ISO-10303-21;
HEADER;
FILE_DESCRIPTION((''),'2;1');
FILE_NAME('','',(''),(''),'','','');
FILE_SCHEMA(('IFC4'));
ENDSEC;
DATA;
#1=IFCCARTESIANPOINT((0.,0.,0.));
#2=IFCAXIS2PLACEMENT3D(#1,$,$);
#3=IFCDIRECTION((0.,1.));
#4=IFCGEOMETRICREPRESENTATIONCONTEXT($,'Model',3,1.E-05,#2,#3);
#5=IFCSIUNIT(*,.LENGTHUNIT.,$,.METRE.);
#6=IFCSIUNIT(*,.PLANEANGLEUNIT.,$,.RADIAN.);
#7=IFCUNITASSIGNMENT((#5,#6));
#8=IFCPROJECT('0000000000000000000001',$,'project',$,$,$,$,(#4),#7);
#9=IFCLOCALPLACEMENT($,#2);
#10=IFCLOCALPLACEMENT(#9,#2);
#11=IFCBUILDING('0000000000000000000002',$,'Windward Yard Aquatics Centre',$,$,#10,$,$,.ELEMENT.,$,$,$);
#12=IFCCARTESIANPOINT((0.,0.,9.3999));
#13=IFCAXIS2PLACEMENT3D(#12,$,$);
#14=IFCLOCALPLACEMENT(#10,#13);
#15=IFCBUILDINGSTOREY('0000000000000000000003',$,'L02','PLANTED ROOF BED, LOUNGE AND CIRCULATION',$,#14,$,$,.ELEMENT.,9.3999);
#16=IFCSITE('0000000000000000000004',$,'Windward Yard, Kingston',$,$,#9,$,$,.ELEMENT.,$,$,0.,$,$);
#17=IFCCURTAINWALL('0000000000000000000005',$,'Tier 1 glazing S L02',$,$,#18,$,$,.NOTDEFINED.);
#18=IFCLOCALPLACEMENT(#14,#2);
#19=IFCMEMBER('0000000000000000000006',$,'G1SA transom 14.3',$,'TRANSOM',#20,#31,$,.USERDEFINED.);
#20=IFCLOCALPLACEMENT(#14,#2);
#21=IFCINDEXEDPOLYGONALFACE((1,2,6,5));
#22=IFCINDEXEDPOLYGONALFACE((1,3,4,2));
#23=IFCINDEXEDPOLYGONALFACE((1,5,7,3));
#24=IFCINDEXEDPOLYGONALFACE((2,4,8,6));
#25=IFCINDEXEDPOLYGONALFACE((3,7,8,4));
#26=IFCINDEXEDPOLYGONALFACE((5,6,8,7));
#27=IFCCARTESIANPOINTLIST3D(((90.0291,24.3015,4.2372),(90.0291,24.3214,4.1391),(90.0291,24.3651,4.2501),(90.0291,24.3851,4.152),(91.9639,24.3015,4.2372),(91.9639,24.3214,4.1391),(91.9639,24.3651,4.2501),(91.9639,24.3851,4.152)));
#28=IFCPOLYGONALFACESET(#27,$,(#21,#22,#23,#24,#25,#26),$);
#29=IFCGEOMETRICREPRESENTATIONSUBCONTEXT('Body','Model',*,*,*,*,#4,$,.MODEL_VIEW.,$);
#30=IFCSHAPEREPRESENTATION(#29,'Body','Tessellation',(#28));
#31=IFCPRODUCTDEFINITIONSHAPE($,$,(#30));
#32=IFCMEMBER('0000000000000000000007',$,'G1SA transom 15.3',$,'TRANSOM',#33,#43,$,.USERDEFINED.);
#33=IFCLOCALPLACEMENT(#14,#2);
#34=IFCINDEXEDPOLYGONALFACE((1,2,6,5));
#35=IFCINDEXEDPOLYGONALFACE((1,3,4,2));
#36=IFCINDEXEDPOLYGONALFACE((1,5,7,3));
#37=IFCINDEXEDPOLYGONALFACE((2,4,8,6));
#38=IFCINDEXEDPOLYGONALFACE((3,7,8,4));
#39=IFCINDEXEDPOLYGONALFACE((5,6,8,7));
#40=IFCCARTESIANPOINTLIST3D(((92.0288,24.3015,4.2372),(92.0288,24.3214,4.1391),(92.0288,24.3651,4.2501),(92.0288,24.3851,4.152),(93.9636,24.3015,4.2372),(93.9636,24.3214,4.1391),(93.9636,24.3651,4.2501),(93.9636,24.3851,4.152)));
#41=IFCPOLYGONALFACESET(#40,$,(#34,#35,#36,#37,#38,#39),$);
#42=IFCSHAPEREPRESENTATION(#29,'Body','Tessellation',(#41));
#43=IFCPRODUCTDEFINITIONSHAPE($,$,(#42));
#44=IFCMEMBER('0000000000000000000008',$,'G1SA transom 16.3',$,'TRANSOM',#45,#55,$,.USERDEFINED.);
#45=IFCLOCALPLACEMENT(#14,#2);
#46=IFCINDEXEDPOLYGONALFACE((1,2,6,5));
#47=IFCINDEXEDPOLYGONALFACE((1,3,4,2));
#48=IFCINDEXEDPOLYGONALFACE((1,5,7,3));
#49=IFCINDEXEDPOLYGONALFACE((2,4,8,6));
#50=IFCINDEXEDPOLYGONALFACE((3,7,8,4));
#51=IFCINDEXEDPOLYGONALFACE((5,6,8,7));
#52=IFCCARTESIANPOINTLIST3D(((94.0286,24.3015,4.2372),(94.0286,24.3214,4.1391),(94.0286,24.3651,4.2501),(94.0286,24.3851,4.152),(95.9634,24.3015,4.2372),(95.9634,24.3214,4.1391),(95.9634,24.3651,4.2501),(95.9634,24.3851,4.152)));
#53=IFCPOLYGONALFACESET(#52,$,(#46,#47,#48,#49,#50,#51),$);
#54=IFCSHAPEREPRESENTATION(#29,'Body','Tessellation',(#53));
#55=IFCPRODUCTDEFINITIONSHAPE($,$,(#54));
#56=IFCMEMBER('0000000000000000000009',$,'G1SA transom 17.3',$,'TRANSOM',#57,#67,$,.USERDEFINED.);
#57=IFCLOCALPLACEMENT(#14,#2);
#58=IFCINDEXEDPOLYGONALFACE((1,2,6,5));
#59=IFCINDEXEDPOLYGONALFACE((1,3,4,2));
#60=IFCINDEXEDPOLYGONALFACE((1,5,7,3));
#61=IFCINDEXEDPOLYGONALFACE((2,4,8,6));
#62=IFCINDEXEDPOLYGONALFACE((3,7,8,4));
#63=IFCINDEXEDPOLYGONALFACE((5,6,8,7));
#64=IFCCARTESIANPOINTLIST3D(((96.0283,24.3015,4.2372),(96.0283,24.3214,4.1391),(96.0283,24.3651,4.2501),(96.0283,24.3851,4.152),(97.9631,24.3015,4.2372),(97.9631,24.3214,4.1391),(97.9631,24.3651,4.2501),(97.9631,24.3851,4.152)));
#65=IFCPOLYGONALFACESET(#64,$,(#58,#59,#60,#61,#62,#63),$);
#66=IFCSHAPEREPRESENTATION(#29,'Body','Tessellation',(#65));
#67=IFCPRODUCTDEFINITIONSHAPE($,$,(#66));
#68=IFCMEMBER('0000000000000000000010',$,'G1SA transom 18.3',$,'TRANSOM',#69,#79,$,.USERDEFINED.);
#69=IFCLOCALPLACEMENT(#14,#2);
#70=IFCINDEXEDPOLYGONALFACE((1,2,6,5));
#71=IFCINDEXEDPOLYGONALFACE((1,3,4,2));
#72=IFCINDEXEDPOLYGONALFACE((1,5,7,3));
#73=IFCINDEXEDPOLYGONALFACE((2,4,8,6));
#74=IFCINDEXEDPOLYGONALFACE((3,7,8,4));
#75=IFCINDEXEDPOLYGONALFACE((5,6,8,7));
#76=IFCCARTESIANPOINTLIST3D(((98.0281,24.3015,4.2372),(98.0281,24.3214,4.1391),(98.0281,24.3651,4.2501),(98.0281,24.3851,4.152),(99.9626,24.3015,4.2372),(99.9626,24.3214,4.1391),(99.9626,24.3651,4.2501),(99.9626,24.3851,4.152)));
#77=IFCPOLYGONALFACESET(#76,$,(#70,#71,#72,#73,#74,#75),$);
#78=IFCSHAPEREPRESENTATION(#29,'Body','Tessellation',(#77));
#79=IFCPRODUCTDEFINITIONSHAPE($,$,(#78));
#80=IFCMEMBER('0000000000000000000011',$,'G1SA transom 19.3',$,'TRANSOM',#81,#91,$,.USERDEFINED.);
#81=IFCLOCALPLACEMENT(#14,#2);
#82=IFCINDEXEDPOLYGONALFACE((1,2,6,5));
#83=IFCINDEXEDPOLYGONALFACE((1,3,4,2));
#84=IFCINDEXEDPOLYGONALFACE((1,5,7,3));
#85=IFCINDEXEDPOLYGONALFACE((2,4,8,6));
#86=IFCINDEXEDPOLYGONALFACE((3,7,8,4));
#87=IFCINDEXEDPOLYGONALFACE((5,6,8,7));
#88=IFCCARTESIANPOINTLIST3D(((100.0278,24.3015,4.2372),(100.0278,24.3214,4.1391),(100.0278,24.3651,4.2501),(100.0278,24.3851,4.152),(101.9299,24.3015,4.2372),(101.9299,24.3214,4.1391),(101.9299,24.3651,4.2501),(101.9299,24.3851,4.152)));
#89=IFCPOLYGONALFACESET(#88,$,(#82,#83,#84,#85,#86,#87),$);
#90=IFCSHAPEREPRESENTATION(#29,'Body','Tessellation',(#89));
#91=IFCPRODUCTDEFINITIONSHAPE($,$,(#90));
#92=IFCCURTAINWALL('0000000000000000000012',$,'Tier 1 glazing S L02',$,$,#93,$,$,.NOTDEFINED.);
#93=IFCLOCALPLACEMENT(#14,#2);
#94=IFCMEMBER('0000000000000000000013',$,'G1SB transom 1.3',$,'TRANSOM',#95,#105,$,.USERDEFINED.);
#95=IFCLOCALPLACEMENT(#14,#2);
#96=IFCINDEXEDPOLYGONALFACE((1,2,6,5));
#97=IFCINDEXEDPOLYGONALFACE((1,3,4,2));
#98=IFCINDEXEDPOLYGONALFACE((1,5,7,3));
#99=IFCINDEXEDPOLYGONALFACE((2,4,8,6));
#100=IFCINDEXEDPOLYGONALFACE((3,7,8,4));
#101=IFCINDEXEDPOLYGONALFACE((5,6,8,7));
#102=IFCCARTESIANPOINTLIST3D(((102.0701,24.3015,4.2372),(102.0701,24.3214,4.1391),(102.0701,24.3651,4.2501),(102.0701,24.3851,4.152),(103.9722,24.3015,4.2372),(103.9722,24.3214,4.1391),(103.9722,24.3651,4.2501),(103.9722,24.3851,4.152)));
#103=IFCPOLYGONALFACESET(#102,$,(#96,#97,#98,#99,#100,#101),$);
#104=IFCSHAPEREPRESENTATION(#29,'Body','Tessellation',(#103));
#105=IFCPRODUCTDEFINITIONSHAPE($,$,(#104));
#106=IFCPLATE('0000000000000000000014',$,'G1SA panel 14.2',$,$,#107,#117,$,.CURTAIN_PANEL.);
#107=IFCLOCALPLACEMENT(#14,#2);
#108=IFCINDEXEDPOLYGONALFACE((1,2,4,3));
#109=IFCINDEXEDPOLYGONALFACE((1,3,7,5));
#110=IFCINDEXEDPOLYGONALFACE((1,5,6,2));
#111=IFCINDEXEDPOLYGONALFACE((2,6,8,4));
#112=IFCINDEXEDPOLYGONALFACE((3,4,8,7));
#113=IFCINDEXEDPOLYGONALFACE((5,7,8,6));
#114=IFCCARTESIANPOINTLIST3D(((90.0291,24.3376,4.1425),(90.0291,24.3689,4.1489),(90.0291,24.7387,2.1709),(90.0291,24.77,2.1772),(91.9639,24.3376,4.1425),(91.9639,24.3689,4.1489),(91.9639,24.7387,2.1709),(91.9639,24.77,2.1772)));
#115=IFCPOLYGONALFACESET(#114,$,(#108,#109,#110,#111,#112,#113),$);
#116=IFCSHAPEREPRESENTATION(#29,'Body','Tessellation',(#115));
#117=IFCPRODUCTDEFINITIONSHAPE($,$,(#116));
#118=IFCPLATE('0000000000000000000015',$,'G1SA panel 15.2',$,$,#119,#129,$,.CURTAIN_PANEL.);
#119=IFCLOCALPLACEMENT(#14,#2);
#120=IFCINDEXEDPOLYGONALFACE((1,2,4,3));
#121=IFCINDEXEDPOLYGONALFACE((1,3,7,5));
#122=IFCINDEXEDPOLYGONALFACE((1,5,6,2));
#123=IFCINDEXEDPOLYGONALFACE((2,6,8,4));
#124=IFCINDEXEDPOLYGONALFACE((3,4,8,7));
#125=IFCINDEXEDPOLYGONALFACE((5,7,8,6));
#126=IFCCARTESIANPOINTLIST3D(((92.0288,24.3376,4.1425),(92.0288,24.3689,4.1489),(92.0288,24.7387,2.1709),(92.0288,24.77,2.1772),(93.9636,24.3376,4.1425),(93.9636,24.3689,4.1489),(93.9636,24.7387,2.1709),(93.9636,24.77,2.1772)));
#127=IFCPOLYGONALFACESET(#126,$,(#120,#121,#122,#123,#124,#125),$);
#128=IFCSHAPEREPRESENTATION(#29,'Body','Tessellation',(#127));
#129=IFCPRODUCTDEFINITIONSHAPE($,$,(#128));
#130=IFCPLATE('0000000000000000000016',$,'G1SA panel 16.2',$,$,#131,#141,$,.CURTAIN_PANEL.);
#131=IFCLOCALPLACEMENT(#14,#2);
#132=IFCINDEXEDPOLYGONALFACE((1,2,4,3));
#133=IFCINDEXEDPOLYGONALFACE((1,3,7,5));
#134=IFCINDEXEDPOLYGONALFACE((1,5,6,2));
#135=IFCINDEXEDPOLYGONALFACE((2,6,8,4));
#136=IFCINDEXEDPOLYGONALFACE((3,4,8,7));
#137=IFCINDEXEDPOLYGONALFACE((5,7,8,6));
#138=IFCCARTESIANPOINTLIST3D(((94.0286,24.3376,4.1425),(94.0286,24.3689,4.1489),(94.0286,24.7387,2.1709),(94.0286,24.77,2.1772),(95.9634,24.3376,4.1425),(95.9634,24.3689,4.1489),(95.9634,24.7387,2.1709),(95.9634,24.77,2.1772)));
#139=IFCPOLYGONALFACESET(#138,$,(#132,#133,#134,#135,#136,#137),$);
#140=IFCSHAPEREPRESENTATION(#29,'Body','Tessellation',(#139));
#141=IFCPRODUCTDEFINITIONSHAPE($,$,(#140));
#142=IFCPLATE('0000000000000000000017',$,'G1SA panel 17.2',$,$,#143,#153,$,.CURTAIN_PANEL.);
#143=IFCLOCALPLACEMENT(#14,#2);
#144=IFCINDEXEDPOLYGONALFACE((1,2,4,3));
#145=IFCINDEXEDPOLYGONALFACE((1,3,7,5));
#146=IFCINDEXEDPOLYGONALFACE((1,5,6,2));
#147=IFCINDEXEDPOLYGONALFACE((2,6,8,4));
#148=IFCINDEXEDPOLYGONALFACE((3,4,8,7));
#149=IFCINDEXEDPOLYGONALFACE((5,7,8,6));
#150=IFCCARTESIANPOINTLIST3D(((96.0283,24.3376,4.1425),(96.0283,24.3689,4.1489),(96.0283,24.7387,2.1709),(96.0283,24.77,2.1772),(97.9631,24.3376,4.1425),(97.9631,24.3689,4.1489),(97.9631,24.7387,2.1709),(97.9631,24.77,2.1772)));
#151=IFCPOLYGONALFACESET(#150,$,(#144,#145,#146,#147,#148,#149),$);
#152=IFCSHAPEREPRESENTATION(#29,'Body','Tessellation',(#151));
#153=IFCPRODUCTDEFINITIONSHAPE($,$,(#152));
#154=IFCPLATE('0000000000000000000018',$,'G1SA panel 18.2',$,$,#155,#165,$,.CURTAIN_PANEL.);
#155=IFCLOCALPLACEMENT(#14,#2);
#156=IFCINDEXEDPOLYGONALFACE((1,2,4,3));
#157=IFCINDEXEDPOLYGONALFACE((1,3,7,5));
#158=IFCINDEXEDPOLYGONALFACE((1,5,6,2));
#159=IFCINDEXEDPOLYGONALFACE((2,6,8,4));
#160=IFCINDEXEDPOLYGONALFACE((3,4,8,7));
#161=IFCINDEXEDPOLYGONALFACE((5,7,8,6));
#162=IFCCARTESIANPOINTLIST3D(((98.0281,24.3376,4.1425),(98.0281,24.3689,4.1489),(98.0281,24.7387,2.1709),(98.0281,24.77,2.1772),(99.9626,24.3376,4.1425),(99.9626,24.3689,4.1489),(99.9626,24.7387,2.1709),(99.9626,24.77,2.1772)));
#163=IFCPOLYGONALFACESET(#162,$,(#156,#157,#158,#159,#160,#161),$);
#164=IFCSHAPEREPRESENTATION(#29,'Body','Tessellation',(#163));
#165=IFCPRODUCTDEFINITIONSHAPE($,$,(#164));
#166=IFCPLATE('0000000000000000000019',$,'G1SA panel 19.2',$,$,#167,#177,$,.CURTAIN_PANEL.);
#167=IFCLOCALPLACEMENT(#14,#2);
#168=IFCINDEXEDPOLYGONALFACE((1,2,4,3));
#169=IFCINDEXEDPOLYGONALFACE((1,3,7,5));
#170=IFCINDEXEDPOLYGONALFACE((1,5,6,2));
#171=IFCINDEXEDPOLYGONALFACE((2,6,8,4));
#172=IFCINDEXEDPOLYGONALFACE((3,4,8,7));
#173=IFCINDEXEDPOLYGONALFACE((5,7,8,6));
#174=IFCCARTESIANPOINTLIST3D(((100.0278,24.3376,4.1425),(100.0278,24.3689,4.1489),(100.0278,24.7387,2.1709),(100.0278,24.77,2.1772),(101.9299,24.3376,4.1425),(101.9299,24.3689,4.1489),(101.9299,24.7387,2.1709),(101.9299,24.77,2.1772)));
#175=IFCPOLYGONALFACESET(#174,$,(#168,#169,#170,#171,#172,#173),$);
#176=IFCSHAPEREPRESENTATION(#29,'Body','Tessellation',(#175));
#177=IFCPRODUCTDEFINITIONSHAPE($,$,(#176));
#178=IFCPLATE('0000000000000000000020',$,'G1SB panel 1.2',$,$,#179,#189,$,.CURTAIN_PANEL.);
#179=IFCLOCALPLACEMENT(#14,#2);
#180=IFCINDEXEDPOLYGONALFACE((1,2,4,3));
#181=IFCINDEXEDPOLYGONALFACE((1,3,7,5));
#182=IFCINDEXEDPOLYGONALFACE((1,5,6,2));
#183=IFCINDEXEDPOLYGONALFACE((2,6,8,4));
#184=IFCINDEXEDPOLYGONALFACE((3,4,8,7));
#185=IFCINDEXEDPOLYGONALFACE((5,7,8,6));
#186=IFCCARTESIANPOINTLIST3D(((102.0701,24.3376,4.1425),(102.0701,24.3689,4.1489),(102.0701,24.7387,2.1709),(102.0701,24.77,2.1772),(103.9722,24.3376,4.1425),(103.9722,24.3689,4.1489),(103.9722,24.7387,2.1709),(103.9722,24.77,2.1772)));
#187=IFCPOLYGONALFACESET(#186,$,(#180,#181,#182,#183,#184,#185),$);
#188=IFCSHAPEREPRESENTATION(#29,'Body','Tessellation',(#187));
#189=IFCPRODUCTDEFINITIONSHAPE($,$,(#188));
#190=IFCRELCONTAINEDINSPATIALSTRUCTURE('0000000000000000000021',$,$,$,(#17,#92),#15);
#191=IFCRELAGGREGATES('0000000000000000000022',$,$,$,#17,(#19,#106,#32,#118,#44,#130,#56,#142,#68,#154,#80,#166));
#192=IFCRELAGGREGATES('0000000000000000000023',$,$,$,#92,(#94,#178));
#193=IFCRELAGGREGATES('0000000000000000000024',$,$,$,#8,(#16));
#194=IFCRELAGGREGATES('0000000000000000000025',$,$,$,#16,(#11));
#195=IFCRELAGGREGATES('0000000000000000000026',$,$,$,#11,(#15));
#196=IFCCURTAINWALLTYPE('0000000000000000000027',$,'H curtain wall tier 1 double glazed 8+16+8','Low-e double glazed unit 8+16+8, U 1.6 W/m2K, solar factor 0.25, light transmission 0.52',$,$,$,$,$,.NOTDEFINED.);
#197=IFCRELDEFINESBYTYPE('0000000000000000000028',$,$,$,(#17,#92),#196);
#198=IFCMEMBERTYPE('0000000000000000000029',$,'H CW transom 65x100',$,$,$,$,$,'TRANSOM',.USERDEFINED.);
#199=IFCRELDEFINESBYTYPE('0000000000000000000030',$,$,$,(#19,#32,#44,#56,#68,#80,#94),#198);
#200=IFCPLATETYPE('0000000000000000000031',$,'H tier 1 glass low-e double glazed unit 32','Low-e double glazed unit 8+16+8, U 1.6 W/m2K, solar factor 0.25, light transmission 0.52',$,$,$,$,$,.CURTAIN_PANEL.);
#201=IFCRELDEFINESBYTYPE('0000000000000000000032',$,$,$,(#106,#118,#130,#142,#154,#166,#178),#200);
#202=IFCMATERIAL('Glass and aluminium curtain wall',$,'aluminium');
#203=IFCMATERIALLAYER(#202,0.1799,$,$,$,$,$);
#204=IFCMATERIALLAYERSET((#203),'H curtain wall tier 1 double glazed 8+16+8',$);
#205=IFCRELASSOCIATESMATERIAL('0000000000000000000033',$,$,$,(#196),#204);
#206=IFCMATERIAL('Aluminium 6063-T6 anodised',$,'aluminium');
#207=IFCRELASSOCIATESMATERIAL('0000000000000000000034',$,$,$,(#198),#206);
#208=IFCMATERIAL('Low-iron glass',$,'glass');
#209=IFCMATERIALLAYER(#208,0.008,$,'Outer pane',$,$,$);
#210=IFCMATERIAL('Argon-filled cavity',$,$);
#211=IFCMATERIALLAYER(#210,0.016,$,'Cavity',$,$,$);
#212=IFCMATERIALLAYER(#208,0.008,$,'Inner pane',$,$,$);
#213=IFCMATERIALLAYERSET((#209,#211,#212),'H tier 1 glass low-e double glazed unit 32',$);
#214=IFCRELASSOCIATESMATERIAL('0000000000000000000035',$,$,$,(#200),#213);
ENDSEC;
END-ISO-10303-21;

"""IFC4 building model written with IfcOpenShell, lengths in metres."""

from ifc_helpers import new_model, si_unit, direction, frame, origin, origin_2d, place, context, subcontext, project, spatial, polyline, rectangle, outline, extrude, material, layer, layer_set, material_profile, profile_set, type_object, element, aggregate, save


model = new_model("IFC4")

# Units and contexts
model_context = context("Model", 3, precision=1e-05, world=origin(), true_north=direction((0.0, 1.0)))
body_context = subcontext(model_context, "Body", "Model", "MODEL_VIEW")
ifc_project = project(units=[si_unit("LENGTHUNIT", "METRE"), si_unit("PLANEANGLEUNIT", "RADIAN")], contexts=[model_context])

# Site, building, storey
site_placement = place(None, origin())
site = spatial("IfcSite", under=ifc_project, at=site_placement, Name="Windward Yard, Kingston", CompositionType="ELEMENT", RefElevation=0.0)
building_placement = place(site_placement, origin())
building = spatial("IfcBuilding", under=site, at=building_placement, Name="Windward Yard Aquatics Centre", CompositionType="ELEMENT")
storey_placement = place(building_placement, frame((0.0, 0.0, 9.3999)))
storey = spatial("IfcBuildingStorey", under=building, at=storey_placement, Name="L02", Description="PLANTED ROOF BED, LOUNGE AND CIRCULATION", CompositionType="ELEMENT", Elevation=9.3999)

# Curtain wall, members
ifc_material_1 = material(Name="Glass and aluminium curtain wall", Category="aluminium")
ifc_layer_1 = layer(ifc_material_1, 0.1799)
ifc_layer_set_1 = layer_set([ifc_layer_1], Name="H curtain wall tier 1 double glazed 8+16+8")
curtain_wall_type = type_object("IfcCurtainWallType", Name="H curtain wall tier 1 double glazed 8+16+8", Description="Low-e double glazed unit 8+16+8, U 1.6 W/m2K, solar factor 0.25, light transmission 0.52", PredefinedType="NOTDEFINED", material=ifc_layer_set_1)
curtain_wall_1_placement = place(storey_placement, origin())
curtain_wall_1 = element("IfcCurtainWall", 1, at=curtain_wall_1_placement, inside=storey, type_object=curtain_wall_type, Name="Tier 1 glazing S L02", PredefinedType="NOTDEFINED")
ifc_material_2 = material(Name="Aluminium 6063-T6 anodised", Category="aluminium")
ifc_material_profile = material_profile(ifc_material_2, rectangle(XDim=0.0649, YDim=0.1001, at=origin_2d()), Name="H CW transom 65x100")
ifc_profile_set = profile_set([ifc_material_profile], Name="Aluminium 6063-T6 anodised")
member_type = type_object("IfcMemberType", Name="H CW transom 65x100", ElementType="TRANSOM", PredefinedType="USERDEFINED", material=ifc_profile_set)
member_1_placement = place(storey_placement, frame((90.0291, 24.3433, 4.1946), z_axis=(1.0, 0.0, 0.0), x_axis=(0.0, 0.979925, 0.199368)))
member_1 = element("IfcMember", 2, at=member_1_placement, type_object=member_type, Name="G1SA transom 14.3", ObjectType="TRANSOM", PredefinedType="USERDEFINED", context=body_context, shape_type="SweptSolid", body=[
    extrude(rectangle(XDim=0.0649, YDim=0.1001, at=origin_2d()), origin(), (0.0, 0.0, 1.0), 1.9348),
])
member_2_placement = place(storey_placement, frame((92.0288, 24.3433, 4.1946), z_axis=(1.0, 0.0, 0.0), x_axis=(0.0, 0.979925, 0.199368)))
member_2 = element("IfcMember", 3, at=member_2_placement, type_object=member_type, Name="G1SA transom 15.3", ObjectType="TRANSOM", PredefinedType="USERDEFINED", context=body_context, shape_type="SweptSolid", body=[
    extrude(rectangle(XDim=0.0649, YDim=0.1001, at=origin_2d()), origin(), (0.0, 0.0, 1.0), 1.9348),
])
member_3_placement = place(storey_placement, frame((94.0286, 24.3433, 4.1946), z_axis=(1.0, 0.0, 0.0), x_axis=(0.0, 0.979925, 0.199368)))
member_3 = element("IfcMember", 4, at=member_3_placement, type_object=member_type, Name="G1SA transom 16.3", ObjectType="TRANSOM", PredefinedType="USERDEFINED", context=body_context, shape_type="SweptSolid", body=[
    extrude(rectangle(XDim=0.0649, YDim=0.1001, at=origin_2d()), origin(), (0.0, 0.0, 1.0), 1.9348),
])
member_4_placement = place(storey_placement, frame((96.0283, 24.3433, 4.1946), z_axis=(1.0, 0.0, 0.0), x_axis=(0.0, 0.979925, 0.199368)))
member_4 = element("IfcMember", 5, at=member_4_placement, type_object=member_type, Name="G1SA transom 17.3", ObjectType="TRANSOM", PredefinedType="USERDEFINED", context=body_context, shape_type="SweptSolid", body=[
    extrude(rectangle(XDim=0.0649, YDim=0.1001, at=origin_2d()), origin(), (0.0, 0.0, 1.0), 1.9348),
])
member_5_placement = place(storey_placement, frame((98.0281, 24.3433, 4.1946), z_axis=(1.0, 0.0, 0.0), x_axis=(0.0, 0.979925, 0.199368)))
member_5 = element("IfcMember", 6, at=member_5_placement, type_object=member_type, Name="G1SA transom 18.3", ObjectType="TRANSOM", PredefinedType="USERDEFINED", context=body_context, shape_type="SweptSolid", body=[
    extrude(rectangle(XDim=0.0649, YDim=0.1001, at=origin_2d()), origin(), (0.0, 0.0, 1.0), 1.9346),
])
member_6_placement = place(storey_placement, frame((100.0278, 24.3433, 4.1946), z_axis=(1.0, 0.0, 0.0), x_axis=(0.0, 0.979925, 0.199368)))
member_6 = element("IfcMember", 7, at=member_6_placement, type_object=member_type, Name="G1SA transom 19.3", ObjectType="TRANSOM", PredefinedType="USERDEFINED", context=body_context, shape_type="SweptSolid", body=[
    extrude(rectangle(XDim=0.0649, YDim=0.1001, at=origin_2d()), origin(), (0.0, 0.0, 1.0), 1.9021),
])

# Curtain wall, member
curtain_wall_2_placement = place(storey_placement, origin())
curtain_wall_2 = element("IfcCurtainWall", 8, at=curtain_wall_2_placement, inside=storey, type_object=curtain_wall_type, Name="Tier 1 glazing S L02", PredefinedType="NOTDEFINED")
member_7_placement = place(storey_placement, frame((102.0701, 24.3433, 4.1946), z_axis=(1.0, 0.0, 0.0), x_axis=(0.0, 0.979925, 0.199368)))
member_7 = element("IfcMember", 9, at=member_7_placement, type_object=member_type, Name="G1SB transom 1.3", ObjectType="TRANSOM", PredefinedType="USERDEFINED", context=body_context, shape_type="SweptSolid", body=[
    extrude(rectangle(XDim=0.0649, YDim=0.1001, at=origin_2d()), origin(), (0.0, 0.0, 1.0), 1.9021),
])

# Plates
ifc_material_3 = material(Name="Low-iron glass", Category="glass")
ifc_layer_2 = layer(ifc_material_3, 0.008, Name="Outer pane")
ifc_material_4 = material(Name="Argon-filled cavity")
ifc_layer_3 = layer(ifc_material_4, 0.016, Name="Cavity")
ifc_layer_4 = layer(ifc_material_3, 0.008, Name="Inner pane")
ifc_layer_set_2 = layer_set([ifc_layer_2, ifc_layer_3, ifc_layer_4], Name="H tier 1 glass low-e double glazed unit 32")
plate_type = type_object("IfcPlateType", Name="H tier 1 glass low-e double glazed unit 32", Description="Low-e double glazed unit 8+16+8, U 1.6 W/m2K, solar factor 0.25, light transmission 0.52", PredefinedType="CURTAIN_PANEL", material=ifc_layer_set_2)
plate_1_placement = place(storey_placement, frame((90.0291, 24.3689, 4.1489), z_axis=(0.0, 0.979927, 0.199359), x_axis=(0.0, 0.199359, -0.979927)))
plate_1 = element("IfcPlate", 10, at=plate_1_placement, type_object=plate_type, Name="G1SA panel 14.2", PredefinedType="CURTAIN_PANEL", context=body_context, shape_type="SweptSolid", body=[
    extrude(outline(polyline([(0.0, 0.0), (2.0121, 0.0), (2.0121, -1.9348), (0.0, -1.9348), (0.0, 0.0)])), origin(), (0.0, 0.0, -1.0), 0.032),
])
plate_2_placement = place(storey_placement, frame((92.0288, 24.3689, 4.1489), z_axis=(0.0, 0.979927, 0.199359), x_axis=(0.0, 0.199359, -0.979927)))
plate_2 = element("IfcPlate", 11, at=plate_2_placement, type_object=plate_type, Name="G1SA panel 15.2", PredefinedType="CURTAIN_PANEL", context=body_context, shape_type="SweptSolid", body=[
    extrude(outline(polyline([(0.0, 0.0), (2.0121, 0.0), (2.0121, -1.9348), (0.0, -1.9348), (0.0, 0.0)])), origin(), (0.0, 0.0, -1.0), 0.032),
])
plate_3_placement = place(storey_placement, frame((94.0286, 24.3689, 4.1489), z_axis=(0.0, 0.979927, 0.199359), x_axis=(0.0, 0.199359, -0.979927)))
plate_3 = element("IfcPlate", 12, at=plate_3_placement, type_object=plate_type, Name="G1SA panel 16.2", PredefinedType="CURTAIN_PANEL", context=body_context, shape_type="SweptSolid", body=[
    extrude(outline(polyline([(0.0, 0.0), (2.0121, 0.0), (2.0121, -1.9348), (0.0, -1.9348), (0.0, 0.0)])), origin(), (0.0, 0.0, -1.0), 0.032),
])
plate_4_placement = place(storey_placement, frame((96.0283, 24.3689, 4.1489), z_axis=(0.0, 0.979927, 0.199359), x_axis=(0.0, 0.199359, -0.979927)))
plate_4 = element("IfcPlate", 13, at=plate_4_placement, type_object=plate_type, Name="G1SA panel 17.2", PredefinedType="CURTAIN_PANEL", context=body_context, shape_type="SweptSolid", body=[
    extrude(outline(polyline([(0.0, 0.0), (2.0121, 0.0), (2.0121, -1.9348), (0.0, -1.9348), (0.0, 0.0)])), origin(), (0.0, 0.0, -1.0), 0.032),
])
plate_5_placement = place(storey_placement, frame((98.0281, 24.3689, 4.1489), z_axis=(0.0, 0.979927, 0.199359), x_axis=(0.0, 0.199359, -0.979927)))
plate_5 = element("IfcPlate", 14, at=plate_5_placement, type_object=plate_type, Name="G1SA panel 18.2", PredefinedType="CURTAIN_PANEL", context=body_context, shape_type="SweptSolid", body=[
    extrude(outline(polyline([(0.0, 0.0), (2.0121, 0.0), (2.0121, -1.9346), (0.0, -1.9346), (0.0, 0.0)])), origin(), (0.0, 0.0, -1.0), 0.032),
])
plate_6_placement = place(storey_placement, frame((100.0278, 24.3689, 4.1489), z_axis=(0.0, 0.979927, 0.199359), x_axis=(0.0, 0.199359, -0.979927)))
plate_6 = element("IfcPlate", 15, at=plate_6_placement, type_object=plate_type, Name="G1SA panel 19.2", PredefinedType="CURTAIN_PANEL", context=body_context, shape_type="SweptSolid", body=[
    extrude(outline(polyline([(0.0, 0.0), (2.0121, 0.0), (2.0121, -1.9021), (0.0, -1.9021), (0.0, 0.0)])), origin(), (0.0, 0.0, -1.0), 0.032),
])
aggregate(curtain_wall_1, [member_1, plate_1, member_2, plate_2, member_3, plate_3, member_4, plate_4, member_5, plate_5, member_6, plate_6])
plate_7_placement = place(storey_placement, frame((102.0701, 24.3689, 4.1489), z_axis=(0.0, 0.979927, 0.199359), x_axis=(0.0, 0.199359, -0.979927)))
plate_7 = element("IfcPlate", 16, at=plate_7_placement, type_object=plate_type, Name="G1SB panel 1.2", PredefinedType="CURTAIN_PANEL", context=body_context, shape_type="SweptSolid", body=[
    extrude(outline(polyline([(0.0, 0.0), (2.0121, 0.0), (2.0121, -1.9021), (0.0, -1.9021), (0.0, 0.0)])), origin(), (0.0, 0.0, -1.0), 0.032),
])
aggregate(curtain_wall_2, [member_7, plate_7])

save(model, "model.ifc")
